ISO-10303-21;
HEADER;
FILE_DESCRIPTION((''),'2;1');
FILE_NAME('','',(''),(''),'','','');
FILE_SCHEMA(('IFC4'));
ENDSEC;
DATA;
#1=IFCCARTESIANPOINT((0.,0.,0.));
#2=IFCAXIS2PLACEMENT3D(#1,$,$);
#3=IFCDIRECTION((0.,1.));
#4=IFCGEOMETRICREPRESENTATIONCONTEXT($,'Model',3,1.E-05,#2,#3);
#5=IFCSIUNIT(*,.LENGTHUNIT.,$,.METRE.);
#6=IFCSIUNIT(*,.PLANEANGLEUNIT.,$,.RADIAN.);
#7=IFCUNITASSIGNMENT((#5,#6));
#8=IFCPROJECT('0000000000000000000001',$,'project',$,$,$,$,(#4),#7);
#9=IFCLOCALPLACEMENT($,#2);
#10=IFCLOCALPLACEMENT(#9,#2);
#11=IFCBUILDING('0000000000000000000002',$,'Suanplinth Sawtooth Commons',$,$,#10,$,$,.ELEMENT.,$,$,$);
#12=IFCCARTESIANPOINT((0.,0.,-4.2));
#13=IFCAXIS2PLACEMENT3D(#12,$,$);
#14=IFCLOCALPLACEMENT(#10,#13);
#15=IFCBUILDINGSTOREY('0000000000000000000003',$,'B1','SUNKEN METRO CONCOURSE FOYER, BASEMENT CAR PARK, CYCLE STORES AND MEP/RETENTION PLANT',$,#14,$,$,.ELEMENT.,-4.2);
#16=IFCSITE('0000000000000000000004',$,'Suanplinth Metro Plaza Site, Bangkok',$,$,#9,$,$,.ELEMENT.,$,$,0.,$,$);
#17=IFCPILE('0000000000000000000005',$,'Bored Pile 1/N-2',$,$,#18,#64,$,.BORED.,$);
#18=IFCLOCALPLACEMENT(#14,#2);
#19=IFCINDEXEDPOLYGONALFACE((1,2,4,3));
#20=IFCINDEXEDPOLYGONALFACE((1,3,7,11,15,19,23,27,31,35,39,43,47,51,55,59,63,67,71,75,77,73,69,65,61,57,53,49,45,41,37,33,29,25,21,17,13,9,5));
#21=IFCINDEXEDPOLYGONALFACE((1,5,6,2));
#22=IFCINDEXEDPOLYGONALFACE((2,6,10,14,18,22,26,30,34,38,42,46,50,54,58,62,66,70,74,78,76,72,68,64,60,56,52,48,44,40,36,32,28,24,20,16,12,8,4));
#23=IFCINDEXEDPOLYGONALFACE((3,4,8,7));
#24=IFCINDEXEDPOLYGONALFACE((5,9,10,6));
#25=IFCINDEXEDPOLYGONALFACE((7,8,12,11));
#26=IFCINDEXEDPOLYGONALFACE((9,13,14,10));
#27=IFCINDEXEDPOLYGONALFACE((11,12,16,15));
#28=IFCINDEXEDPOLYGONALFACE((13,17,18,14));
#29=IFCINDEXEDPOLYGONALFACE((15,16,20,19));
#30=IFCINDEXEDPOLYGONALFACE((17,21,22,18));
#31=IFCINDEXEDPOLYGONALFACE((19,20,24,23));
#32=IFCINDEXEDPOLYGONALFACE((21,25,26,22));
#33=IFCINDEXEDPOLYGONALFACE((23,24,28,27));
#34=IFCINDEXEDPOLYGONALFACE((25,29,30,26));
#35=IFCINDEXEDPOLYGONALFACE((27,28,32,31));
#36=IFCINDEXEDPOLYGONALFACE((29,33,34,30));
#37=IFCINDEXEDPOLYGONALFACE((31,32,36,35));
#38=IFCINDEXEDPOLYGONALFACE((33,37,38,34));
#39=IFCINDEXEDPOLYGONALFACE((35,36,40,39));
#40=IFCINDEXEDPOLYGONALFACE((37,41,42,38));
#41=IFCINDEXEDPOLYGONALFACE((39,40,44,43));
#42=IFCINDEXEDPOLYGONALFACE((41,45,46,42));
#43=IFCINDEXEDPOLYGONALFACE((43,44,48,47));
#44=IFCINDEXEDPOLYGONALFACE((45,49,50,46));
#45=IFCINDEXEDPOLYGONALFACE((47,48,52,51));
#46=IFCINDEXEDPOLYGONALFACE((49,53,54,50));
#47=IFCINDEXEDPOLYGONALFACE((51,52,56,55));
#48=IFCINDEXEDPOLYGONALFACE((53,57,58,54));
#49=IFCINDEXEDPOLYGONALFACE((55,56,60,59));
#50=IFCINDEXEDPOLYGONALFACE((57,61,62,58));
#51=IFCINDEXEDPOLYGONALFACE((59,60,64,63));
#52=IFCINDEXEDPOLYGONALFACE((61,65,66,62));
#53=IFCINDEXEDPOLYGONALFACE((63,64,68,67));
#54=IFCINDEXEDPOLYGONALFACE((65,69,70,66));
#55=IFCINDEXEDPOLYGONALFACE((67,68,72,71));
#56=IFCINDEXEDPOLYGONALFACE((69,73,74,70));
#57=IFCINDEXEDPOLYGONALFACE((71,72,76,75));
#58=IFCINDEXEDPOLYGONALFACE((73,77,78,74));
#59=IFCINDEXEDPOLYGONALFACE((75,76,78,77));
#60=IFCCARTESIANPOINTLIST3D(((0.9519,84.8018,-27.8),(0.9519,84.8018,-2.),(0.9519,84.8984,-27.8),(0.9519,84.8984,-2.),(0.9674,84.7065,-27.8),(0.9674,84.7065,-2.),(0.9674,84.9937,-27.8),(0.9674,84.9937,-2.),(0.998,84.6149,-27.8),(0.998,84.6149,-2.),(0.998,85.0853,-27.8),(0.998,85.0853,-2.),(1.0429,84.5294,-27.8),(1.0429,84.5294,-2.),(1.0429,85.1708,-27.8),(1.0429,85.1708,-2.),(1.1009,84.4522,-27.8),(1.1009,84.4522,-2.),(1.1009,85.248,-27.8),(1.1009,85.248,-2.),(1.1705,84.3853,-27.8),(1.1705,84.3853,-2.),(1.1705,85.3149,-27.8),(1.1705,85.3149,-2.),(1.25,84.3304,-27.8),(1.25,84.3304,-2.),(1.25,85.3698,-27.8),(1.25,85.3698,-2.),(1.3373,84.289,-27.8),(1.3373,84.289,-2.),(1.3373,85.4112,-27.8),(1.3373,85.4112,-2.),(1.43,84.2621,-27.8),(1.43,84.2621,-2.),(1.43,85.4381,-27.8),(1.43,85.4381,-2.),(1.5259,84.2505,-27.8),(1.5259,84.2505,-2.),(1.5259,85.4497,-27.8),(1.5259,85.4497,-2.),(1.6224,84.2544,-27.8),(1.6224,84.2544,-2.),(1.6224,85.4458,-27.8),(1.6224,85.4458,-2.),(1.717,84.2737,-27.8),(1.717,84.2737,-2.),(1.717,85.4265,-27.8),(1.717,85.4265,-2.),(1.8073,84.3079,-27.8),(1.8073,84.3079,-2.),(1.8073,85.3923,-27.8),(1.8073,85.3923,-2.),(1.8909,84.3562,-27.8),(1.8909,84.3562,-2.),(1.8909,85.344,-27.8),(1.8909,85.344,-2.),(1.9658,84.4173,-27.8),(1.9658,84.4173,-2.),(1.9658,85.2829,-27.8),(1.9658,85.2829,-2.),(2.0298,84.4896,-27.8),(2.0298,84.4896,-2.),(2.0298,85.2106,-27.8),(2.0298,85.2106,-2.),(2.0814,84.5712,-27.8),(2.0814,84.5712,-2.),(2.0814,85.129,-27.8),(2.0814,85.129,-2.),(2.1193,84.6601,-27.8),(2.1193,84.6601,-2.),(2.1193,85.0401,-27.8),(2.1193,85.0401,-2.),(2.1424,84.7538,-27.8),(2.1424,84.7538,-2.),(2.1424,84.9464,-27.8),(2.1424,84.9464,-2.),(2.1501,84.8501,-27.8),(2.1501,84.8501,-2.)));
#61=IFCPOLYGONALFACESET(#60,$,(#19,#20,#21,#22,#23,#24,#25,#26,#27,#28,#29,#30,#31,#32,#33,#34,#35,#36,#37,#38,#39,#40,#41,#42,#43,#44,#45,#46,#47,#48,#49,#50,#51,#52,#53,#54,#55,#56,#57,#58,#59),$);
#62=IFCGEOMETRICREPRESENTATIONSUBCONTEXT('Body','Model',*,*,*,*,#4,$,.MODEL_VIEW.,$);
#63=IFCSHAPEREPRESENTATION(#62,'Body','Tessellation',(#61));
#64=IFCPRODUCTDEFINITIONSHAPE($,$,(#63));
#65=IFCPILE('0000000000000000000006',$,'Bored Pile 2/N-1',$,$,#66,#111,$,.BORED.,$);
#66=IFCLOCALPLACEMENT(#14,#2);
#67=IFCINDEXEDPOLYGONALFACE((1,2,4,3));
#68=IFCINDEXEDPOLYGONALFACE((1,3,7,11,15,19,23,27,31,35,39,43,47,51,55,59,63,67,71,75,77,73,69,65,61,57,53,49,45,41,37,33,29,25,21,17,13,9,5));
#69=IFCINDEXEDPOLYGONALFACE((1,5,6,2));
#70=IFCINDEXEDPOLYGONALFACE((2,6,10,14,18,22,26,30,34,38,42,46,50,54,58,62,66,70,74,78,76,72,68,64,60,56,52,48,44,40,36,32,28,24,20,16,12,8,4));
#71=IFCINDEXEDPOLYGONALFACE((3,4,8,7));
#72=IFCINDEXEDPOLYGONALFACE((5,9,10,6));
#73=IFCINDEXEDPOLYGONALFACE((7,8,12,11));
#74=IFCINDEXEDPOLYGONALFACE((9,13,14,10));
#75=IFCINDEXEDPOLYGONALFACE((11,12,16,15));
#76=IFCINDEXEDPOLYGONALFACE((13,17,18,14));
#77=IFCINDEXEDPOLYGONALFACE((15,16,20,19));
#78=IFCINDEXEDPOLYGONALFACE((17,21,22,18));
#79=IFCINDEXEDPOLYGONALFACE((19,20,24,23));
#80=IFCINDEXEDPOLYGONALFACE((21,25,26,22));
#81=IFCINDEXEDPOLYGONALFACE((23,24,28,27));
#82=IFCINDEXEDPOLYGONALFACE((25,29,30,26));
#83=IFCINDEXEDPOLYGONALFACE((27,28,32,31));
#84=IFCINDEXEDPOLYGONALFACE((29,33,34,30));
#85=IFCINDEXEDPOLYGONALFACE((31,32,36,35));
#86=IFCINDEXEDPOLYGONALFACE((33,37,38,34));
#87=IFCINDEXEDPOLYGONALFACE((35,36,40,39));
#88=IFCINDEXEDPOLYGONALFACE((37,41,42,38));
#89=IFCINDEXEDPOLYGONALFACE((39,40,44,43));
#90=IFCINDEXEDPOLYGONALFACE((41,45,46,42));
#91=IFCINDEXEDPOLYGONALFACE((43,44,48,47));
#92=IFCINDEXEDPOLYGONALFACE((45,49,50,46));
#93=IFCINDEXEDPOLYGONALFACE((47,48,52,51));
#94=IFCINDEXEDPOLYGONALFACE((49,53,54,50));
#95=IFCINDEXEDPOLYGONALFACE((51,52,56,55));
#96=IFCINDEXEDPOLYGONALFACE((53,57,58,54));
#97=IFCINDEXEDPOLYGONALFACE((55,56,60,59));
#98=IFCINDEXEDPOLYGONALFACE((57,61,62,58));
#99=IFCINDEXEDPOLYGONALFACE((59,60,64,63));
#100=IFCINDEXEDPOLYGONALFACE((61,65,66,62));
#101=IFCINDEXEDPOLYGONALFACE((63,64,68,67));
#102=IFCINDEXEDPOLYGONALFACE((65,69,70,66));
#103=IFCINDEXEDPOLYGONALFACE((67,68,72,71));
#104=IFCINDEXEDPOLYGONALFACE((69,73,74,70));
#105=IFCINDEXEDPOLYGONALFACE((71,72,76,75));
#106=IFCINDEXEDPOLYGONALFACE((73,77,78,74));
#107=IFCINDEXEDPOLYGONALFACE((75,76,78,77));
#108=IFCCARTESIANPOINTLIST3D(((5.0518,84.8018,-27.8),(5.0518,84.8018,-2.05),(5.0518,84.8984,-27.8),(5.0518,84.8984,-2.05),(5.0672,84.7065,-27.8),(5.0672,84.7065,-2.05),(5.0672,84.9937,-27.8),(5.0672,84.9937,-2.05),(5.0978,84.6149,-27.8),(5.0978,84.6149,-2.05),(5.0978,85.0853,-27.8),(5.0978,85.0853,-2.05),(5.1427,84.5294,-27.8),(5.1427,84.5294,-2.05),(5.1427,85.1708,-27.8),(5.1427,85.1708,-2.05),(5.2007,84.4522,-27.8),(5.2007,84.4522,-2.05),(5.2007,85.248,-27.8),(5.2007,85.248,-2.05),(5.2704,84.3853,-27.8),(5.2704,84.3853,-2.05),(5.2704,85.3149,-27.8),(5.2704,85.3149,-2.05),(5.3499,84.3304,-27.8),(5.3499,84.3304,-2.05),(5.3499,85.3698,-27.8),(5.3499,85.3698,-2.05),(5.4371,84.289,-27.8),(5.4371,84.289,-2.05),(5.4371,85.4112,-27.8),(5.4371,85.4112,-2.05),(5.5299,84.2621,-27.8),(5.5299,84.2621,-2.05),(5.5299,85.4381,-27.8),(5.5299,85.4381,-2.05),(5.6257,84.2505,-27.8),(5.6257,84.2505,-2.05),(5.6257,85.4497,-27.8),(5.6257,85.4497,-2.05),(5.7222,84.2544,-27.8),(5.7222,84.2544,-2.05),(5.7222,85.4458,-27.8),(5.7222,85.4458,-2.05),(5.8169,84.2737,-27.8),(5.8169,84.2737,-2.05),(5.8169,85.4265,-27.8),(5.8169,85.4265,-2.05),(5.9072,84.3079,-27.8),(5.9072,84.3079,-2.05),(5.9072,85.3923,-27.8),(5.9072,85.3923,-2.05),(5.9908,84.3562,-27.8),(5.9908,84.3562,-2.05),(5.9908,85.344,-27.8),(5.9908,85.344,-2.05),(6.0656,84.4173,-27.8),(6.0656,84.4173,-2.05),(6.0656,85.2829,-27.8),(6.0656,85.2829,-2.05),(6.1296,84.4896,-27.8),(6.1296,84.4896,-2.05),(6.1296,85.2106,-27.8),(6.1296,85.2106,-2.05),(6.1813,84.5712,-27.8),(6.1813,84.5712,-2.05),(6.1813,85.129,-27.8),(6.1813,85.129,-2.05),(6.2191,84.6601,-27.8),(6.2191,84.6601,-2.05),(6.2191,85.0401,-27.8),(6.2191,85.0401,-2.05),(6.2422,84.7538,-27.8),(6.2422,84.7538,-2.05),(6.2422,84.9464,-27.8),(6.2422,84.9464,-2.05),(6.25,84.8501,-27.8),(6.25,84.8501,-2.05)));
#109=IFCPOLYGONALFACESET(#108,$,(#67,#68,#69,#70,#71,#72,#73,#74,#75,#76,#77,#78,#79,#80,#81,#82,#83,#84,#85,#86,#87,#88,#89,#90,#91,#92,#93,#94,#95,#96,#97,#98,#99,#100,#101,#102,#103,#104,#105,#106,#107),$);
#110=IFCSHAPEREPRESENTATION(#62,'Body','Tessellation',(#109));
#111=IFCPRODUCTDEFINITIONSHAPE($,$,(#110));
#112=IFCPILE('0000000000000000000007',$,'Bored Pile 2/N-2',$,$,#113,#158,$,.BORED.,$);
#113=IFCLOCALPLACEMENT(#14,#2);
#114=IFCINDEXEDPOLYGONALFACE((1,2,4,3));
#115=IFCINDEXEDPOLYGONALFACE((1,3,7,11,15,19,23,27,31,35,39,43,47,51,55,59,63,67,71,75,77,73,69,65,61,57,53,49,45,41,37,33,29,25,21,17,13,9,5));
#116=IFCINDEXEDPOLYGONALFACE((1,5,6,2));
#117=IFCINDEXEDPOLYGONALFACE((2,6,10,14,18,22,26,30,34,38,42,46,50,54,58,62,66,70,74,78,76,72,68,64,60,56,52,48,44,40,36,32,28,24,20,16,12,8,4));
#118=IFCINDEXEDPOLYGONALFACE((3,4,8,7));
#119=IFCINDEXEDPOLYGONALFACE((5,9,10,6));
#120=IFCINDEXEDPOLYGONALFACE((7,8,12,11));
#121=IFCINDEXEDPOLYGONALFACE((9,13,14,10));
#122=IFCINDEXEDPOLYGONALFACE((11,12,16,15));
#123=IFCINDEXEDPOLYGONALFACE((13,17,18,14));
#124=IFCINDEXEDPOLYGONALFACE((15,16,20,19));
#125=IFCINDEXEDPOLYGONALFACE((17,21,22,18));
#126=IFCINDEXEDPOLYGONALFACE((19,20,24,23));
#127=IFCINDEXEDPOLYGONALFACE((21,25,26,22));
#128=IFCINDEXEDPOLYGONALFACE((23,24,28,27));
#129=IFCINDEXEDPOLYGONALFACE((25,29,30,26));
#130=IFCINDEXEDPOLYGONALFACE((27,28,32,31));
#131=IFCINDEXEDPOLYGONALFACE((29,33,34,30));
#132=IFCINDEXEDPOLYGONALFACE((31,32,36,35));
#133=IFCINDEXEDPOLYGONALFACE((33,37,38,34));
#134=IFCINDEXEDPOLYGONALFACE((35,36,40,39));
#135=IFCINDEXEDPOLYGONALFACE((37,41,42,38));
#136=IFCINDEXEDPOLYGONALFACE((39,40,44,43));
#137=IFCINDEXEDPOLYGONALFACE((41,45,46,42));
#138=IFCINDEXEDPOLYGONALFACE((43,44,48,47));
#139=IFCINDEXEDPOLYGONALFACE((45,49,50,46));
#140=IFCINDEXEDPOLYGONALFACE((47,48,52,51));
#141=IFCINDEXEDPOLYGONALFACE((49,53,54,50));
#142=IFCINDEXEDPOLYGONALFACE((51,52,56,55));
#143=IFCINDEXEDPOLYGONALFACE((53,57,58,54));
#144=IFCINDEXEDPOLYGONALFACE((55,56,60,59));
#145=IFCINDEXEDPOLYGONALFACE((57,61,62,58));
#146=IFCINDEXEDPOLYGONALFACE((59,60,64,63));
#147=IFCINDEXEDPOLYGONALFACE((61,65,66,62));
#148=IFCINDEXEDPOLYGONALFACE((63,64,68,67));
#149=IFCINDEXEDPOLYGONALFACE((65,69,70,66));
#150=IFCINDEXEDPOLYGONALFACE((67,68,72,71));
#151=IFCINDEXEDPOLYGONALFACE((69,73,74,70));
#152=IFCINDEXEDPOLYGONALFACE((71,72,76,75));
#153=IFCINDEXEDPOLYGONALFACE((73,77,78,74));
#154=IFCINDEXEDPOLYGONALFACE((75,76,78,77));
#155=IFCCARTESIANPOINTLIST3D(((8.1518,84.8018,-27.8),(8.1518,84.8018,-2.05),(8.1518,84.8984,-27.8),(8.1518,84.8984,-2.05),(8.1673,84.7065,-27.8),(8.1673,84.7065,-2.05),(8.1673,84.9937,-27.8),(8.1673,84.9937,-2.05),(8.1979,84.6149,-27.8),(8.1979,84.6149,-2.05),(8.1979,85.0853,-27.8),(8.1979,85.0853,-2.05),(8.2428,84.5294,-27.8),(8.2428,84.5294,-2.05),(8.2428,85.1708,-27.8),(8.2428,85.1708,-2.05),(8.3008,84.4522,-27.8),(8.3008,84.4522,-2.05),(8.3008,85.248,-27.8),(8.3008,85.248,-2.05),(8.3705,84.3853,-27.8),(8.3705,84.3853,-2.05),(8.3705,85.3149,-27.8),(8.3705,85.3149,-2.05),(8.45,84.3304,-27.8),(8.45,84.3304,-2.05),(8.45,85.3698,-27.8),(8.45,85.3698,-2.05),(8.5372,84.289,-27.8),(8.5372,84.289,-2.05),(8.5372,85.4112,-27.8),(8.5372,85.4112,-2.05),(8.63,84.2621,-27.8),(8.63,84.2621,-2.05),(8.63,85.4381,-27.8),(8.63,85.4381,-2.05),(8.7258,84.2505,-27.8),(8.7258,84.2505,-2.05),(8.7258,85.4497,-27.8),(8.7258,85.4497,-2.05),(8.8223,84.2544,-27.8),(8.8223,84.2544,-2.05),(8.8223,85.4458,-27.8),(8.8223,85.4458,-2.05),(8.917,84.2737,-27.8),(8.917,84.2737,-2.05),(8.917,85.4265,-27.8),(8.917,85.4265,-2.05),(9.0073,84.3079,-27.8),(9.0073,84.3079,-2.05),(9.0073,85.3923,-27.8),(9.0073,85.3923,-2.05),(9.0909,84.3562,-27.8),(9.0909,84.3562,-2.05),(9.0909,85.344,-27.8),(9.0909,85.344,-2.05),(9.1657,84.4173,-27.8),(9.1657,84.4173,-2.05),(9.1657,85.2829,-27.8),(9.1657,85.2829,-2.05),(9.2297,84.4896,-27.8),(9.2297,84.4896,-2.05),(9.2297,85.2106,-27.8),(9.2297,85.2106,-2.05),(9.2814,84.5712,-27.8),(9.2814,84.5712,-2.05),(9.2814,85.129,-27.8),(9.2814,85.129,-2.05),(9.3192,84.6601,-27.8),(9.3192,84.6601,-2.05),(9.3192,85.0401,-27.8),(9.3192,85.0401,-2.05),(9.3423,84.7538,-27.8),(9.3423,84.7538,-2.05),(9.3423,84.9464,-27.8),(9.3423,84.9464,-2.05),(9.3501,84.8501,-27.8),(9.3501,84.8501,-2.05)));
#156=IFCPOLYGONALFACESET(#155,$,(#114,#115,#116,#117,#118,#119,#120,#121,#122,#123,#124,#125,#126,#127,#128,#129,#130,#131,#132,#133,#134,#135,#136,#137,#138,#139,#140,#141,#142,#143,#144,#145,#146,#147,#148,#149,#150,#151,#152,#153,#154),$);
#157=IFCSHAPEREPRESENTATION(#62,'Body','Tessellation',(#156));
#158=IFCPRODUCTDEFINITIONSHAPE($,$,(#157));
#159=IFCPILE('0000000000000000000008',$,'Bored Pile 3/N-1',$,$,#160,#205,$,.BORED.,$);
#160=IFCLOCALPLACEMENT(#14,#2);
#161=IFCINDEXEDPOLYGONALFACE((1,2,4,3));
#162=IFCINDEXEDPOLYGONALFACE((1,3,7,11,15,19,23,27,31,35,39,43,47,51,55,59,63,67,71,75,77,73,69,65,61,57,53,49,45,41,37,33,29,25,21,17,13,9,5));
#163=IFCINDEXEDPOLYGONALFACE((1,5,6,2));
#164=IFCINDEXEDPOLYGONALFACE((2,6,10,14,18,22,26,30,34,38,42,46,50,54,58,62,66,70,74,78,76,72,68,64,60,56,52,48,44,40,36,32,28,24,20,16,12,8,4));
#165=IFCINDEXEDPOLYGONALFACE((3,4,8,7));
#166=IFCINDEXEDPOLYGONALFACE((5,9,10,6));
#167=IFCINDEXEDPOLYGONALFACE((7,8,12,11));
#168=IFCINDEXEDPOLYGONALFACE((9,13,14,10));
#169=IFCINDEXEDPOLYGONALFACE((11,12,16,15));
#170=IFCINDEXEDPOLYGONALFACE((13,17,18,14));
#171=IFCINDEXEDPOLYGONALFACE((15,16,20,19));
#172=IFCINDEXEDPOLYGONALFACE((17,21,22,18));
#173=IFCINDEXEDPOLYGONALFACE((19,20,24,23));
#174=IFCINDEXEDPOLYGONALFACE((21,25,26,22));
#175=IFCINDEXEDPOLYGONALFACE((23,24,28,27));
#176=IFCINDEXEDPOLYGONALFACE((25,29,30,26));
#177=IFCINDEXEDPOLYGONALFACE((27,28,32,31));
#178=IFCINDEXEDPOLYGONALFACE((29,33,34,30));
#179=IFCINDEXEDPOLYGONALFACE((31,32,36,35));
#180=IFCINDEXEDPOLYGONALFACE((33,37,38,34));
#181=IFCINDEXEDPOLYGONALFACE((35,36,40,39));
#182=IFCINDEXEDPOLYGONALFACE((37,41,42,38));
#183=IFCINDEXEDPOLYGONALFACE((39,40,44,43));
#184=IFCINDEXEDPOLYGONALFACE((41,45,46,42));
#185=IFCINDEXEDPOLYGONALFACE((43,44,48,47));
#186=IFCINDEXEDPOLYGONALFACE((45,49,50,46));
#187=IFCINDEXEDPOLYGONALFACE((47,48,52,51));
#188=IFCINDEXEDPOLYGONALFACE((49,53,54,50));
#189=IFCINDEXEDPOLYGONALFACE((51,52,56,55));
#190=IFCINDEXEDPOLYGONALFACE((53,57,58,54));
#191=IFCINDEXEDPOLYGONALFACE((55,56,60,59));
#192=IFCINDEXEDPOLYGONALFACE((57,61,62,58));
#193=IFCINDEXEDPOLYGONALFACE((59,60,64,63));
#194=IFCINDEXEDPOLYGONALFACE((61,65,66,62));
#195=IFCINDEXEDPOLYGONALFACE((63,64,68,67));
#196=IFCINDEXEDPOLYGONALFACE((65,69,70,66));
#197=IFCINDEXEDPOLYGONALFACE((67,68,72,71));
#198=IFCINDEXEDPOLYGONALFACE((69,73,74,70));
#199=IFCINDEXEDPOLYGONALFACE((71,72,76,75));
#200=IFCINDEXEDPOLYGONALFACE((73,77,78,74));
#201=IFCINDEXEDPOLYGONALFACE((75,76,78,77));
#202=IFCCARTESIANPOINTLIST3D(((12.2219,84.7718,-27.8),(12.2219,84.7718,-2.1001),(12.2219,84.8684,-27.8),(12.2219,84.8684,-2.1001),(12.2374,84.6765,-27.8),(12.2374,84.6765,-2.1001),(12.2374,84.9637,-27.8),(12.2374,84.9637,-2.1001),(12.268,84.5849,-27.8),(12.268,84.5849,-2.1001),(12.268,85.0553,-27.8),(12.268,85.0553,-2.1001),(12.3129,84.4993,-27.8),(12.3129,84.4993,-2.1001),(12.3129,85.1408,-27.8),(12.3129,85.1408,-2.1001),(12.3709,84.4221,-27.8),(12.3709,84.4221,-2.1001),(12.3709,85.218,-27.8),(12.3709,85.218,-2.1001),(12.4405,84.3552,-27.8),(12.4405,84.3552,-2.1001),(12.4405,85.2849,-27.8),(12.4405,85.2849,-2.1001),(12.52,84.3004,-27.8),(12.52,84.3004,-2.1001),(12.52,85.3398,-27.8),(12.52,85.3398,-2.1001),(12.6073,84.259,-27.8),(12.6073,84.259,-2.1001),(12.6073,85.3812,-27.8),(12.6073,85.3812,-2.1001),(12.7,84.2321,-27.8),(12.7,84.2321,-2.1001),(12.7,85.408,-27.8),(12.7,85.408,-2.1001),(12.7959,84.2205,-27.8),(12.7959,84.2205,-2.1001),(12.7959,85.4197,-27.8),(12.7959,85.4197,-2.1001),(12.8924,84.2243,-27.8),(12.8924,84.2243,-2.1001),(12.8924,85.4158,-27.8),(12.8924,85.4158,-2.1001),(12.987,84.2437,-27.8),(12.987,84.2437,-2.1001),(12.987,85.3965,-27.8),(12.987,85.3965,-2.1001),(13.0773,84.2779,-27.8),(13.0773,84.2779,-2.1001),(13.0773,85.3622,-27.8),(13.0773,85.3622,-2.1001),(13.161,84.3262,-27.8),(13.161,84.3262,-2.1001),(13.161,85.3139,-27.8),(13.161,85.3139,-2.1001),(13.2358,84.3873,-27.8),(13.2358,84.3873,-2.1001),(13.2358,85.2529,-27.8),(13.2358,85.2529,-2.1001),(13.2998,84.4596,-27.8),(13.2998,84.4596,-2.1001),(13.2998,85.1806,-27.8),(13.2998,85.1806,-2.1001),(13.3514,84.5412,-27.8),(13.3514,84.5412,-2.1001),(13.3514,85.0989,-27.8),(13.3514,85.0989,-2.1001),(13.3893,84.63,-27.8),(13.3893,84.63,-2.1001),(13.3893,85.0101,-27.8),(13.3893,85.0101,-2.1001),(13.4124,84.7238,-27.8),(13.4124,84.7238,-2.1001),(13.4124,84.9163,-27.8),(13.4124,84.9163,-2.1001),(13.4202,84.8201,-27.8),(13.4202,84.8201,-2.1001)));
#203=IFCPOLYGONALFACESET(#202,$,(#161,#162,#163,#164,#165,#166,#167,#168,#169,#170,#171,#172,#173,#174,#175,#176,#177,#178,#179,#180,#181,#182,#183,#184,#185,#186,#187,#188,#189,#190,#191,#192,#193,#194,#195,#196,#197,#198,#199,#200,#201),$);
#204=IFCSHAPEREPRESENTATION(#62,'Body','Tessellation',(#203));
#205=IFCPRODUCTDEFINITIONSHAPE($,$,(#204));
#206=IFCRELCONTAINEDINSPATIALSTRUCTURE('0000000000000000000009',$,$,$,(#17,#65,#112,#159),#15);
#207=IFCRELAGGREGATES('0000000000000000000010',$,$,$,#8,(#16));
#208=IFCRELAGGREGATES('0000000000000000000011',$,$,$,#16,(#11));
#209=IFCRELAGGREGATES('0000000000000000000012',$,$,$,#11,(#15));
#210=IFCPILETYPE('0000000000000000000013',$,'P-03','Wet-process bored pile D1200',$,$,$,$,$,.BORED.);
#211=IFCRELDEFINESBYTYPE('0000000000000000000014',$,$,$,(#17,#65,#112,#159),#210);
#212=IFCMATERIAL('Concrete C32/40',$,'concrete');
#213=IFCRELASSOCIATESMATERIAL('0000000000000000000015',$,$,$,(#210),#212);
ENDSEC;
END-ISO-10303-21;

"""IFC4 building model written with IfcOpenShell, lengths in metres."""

from ifc_helpers import new_model, si_unit, direction, frame, origin, origin_2d, place, context, subcontext, project, spatial, circle, extrude, material, material_profile, profile_set, type_object, element, save


model = new_model("IFC4")

# Units and contexts
model_context = context("Model", 3, precision=1e-05, world=origin(), true_north=direction((0.0, 1.0)))
body_context = subcontext(model_context, "Body", "Model", "MODEL_VIEW")
ifc_project = project(units=[si_unit("LENGTHUNIT", "METRE"), si_unit("PLANEANGLEUNIT", "RADIAN")], contexts=[model_context])

# Site, building, storey
site_placement = place(None, origin())
site = spatial("IfcSite", under=ifc_project, at=site_placement, Name="Suanplinth Metro Plaza Site, Bangkok", CompositionType="ELEMENT", RefElevation=0.0)
building_placement = place(site_placement, origin())
building = spatial("IfcBuilding", under=site, at=building_placement, Name="Suanplinth Sawtooth Commons", CompositionType="ELEMENT")
storey_placement = place(building_placement, frame((0.0, 0.0, -4.2)))
storey = spatial("IfcBuildingStorey", under=building, at=storey_placement, Name="B1", Description="SUNKEN METRO CONCOURSE FOYER, BASEMENT CAR PARK, CYCLE STORES AND MEP/RETENTION PLANT", CompositionType="ELEMENT", Elevation=-4.2)

# Piles
ifc_material_1 = material(Name="Concrete C32/40", Category="concrete")
ifc_material_profile_1 = material_profile(ifc_material_1, circle(Radius=0.6001, at=origin_2d()), Name="PILE D1200")
ifc_profile_set_1 = profile_set([ifc_material_profile_1], Name="Concrete C32/40")
pile_type_1 = type_object("IfcPileType", Name="P-03", Description="Wet-process bored pile D1200", PredefinedType="BORED", material=ifc_profile_set_1)
for number, where, z_axis, x_axis, name in (
    (1, (1.55, 84.8501, -2.0), (0.0, 0.0, -1.0), (1.0, 0.0, 0.0), "Bored Pile 1/N-2"),
):
    element("IfcPile", number, at=place(storey_placement, frame(where, z_axis=z_axis, x_axis=x_axis)), inside=storey, type_object=pile_type_1, Name=name, PredefinedType="BORED", context=body_context, shape_type="SweptSolid", body=[
        extrude(circle(Radius=0.6001, at=origin_2d()), origin(), (0.0, 0.0, 1.0), 25.8),
    ])
for number, where, z_axis, x_axis, name in (
    (2, (5.6499, 84.8501, -2.05), (0.0, 0.0, -1.0), (1.0, 0.0, 0.0), "Bored Pile 2/N-1"),
    (3, (8.75, 84.8501, -2.05), (0.0, 0.0, -1.0), (1.0, 0.0, 0.0), "Bored Pile 2/N-2"),
):
    element("IfcPile", number, at=place(storey_placement, frame(where, z_axis=z_axis, x_axis=x_axis)), inside=storey, type_object=pile_type_1, Name=name, PredefinedType="BORED", context=body_context, shape_type="SweptSolid", body=[
        extrude(circle(Radius=0.6001, at=origin_2d()), origin(), (0.0, 0.0, 1.0), 25.75),
    ])
pile_1_placement = place(storey_placement, frame((12.8201, 84.8201, -2.1001), z_axis=(0.0, 0.0, -1.0), x_axis=(1.0, 0.0, 0.0)))
element("IfcPile", 4, at=pile_1_placement, inside=storey, type_object=pile_type_1, Name="Bored Pile 3/N-1", PredefinedType="BORED", context=body_context, shape_type="SweptSolid", body=[
    extrude(circle(Radius=0.6001, at=origin_2d()), origin(), (0.0, 0.0, 1.0), 25.7),
])

save(model, "model.ifc")
